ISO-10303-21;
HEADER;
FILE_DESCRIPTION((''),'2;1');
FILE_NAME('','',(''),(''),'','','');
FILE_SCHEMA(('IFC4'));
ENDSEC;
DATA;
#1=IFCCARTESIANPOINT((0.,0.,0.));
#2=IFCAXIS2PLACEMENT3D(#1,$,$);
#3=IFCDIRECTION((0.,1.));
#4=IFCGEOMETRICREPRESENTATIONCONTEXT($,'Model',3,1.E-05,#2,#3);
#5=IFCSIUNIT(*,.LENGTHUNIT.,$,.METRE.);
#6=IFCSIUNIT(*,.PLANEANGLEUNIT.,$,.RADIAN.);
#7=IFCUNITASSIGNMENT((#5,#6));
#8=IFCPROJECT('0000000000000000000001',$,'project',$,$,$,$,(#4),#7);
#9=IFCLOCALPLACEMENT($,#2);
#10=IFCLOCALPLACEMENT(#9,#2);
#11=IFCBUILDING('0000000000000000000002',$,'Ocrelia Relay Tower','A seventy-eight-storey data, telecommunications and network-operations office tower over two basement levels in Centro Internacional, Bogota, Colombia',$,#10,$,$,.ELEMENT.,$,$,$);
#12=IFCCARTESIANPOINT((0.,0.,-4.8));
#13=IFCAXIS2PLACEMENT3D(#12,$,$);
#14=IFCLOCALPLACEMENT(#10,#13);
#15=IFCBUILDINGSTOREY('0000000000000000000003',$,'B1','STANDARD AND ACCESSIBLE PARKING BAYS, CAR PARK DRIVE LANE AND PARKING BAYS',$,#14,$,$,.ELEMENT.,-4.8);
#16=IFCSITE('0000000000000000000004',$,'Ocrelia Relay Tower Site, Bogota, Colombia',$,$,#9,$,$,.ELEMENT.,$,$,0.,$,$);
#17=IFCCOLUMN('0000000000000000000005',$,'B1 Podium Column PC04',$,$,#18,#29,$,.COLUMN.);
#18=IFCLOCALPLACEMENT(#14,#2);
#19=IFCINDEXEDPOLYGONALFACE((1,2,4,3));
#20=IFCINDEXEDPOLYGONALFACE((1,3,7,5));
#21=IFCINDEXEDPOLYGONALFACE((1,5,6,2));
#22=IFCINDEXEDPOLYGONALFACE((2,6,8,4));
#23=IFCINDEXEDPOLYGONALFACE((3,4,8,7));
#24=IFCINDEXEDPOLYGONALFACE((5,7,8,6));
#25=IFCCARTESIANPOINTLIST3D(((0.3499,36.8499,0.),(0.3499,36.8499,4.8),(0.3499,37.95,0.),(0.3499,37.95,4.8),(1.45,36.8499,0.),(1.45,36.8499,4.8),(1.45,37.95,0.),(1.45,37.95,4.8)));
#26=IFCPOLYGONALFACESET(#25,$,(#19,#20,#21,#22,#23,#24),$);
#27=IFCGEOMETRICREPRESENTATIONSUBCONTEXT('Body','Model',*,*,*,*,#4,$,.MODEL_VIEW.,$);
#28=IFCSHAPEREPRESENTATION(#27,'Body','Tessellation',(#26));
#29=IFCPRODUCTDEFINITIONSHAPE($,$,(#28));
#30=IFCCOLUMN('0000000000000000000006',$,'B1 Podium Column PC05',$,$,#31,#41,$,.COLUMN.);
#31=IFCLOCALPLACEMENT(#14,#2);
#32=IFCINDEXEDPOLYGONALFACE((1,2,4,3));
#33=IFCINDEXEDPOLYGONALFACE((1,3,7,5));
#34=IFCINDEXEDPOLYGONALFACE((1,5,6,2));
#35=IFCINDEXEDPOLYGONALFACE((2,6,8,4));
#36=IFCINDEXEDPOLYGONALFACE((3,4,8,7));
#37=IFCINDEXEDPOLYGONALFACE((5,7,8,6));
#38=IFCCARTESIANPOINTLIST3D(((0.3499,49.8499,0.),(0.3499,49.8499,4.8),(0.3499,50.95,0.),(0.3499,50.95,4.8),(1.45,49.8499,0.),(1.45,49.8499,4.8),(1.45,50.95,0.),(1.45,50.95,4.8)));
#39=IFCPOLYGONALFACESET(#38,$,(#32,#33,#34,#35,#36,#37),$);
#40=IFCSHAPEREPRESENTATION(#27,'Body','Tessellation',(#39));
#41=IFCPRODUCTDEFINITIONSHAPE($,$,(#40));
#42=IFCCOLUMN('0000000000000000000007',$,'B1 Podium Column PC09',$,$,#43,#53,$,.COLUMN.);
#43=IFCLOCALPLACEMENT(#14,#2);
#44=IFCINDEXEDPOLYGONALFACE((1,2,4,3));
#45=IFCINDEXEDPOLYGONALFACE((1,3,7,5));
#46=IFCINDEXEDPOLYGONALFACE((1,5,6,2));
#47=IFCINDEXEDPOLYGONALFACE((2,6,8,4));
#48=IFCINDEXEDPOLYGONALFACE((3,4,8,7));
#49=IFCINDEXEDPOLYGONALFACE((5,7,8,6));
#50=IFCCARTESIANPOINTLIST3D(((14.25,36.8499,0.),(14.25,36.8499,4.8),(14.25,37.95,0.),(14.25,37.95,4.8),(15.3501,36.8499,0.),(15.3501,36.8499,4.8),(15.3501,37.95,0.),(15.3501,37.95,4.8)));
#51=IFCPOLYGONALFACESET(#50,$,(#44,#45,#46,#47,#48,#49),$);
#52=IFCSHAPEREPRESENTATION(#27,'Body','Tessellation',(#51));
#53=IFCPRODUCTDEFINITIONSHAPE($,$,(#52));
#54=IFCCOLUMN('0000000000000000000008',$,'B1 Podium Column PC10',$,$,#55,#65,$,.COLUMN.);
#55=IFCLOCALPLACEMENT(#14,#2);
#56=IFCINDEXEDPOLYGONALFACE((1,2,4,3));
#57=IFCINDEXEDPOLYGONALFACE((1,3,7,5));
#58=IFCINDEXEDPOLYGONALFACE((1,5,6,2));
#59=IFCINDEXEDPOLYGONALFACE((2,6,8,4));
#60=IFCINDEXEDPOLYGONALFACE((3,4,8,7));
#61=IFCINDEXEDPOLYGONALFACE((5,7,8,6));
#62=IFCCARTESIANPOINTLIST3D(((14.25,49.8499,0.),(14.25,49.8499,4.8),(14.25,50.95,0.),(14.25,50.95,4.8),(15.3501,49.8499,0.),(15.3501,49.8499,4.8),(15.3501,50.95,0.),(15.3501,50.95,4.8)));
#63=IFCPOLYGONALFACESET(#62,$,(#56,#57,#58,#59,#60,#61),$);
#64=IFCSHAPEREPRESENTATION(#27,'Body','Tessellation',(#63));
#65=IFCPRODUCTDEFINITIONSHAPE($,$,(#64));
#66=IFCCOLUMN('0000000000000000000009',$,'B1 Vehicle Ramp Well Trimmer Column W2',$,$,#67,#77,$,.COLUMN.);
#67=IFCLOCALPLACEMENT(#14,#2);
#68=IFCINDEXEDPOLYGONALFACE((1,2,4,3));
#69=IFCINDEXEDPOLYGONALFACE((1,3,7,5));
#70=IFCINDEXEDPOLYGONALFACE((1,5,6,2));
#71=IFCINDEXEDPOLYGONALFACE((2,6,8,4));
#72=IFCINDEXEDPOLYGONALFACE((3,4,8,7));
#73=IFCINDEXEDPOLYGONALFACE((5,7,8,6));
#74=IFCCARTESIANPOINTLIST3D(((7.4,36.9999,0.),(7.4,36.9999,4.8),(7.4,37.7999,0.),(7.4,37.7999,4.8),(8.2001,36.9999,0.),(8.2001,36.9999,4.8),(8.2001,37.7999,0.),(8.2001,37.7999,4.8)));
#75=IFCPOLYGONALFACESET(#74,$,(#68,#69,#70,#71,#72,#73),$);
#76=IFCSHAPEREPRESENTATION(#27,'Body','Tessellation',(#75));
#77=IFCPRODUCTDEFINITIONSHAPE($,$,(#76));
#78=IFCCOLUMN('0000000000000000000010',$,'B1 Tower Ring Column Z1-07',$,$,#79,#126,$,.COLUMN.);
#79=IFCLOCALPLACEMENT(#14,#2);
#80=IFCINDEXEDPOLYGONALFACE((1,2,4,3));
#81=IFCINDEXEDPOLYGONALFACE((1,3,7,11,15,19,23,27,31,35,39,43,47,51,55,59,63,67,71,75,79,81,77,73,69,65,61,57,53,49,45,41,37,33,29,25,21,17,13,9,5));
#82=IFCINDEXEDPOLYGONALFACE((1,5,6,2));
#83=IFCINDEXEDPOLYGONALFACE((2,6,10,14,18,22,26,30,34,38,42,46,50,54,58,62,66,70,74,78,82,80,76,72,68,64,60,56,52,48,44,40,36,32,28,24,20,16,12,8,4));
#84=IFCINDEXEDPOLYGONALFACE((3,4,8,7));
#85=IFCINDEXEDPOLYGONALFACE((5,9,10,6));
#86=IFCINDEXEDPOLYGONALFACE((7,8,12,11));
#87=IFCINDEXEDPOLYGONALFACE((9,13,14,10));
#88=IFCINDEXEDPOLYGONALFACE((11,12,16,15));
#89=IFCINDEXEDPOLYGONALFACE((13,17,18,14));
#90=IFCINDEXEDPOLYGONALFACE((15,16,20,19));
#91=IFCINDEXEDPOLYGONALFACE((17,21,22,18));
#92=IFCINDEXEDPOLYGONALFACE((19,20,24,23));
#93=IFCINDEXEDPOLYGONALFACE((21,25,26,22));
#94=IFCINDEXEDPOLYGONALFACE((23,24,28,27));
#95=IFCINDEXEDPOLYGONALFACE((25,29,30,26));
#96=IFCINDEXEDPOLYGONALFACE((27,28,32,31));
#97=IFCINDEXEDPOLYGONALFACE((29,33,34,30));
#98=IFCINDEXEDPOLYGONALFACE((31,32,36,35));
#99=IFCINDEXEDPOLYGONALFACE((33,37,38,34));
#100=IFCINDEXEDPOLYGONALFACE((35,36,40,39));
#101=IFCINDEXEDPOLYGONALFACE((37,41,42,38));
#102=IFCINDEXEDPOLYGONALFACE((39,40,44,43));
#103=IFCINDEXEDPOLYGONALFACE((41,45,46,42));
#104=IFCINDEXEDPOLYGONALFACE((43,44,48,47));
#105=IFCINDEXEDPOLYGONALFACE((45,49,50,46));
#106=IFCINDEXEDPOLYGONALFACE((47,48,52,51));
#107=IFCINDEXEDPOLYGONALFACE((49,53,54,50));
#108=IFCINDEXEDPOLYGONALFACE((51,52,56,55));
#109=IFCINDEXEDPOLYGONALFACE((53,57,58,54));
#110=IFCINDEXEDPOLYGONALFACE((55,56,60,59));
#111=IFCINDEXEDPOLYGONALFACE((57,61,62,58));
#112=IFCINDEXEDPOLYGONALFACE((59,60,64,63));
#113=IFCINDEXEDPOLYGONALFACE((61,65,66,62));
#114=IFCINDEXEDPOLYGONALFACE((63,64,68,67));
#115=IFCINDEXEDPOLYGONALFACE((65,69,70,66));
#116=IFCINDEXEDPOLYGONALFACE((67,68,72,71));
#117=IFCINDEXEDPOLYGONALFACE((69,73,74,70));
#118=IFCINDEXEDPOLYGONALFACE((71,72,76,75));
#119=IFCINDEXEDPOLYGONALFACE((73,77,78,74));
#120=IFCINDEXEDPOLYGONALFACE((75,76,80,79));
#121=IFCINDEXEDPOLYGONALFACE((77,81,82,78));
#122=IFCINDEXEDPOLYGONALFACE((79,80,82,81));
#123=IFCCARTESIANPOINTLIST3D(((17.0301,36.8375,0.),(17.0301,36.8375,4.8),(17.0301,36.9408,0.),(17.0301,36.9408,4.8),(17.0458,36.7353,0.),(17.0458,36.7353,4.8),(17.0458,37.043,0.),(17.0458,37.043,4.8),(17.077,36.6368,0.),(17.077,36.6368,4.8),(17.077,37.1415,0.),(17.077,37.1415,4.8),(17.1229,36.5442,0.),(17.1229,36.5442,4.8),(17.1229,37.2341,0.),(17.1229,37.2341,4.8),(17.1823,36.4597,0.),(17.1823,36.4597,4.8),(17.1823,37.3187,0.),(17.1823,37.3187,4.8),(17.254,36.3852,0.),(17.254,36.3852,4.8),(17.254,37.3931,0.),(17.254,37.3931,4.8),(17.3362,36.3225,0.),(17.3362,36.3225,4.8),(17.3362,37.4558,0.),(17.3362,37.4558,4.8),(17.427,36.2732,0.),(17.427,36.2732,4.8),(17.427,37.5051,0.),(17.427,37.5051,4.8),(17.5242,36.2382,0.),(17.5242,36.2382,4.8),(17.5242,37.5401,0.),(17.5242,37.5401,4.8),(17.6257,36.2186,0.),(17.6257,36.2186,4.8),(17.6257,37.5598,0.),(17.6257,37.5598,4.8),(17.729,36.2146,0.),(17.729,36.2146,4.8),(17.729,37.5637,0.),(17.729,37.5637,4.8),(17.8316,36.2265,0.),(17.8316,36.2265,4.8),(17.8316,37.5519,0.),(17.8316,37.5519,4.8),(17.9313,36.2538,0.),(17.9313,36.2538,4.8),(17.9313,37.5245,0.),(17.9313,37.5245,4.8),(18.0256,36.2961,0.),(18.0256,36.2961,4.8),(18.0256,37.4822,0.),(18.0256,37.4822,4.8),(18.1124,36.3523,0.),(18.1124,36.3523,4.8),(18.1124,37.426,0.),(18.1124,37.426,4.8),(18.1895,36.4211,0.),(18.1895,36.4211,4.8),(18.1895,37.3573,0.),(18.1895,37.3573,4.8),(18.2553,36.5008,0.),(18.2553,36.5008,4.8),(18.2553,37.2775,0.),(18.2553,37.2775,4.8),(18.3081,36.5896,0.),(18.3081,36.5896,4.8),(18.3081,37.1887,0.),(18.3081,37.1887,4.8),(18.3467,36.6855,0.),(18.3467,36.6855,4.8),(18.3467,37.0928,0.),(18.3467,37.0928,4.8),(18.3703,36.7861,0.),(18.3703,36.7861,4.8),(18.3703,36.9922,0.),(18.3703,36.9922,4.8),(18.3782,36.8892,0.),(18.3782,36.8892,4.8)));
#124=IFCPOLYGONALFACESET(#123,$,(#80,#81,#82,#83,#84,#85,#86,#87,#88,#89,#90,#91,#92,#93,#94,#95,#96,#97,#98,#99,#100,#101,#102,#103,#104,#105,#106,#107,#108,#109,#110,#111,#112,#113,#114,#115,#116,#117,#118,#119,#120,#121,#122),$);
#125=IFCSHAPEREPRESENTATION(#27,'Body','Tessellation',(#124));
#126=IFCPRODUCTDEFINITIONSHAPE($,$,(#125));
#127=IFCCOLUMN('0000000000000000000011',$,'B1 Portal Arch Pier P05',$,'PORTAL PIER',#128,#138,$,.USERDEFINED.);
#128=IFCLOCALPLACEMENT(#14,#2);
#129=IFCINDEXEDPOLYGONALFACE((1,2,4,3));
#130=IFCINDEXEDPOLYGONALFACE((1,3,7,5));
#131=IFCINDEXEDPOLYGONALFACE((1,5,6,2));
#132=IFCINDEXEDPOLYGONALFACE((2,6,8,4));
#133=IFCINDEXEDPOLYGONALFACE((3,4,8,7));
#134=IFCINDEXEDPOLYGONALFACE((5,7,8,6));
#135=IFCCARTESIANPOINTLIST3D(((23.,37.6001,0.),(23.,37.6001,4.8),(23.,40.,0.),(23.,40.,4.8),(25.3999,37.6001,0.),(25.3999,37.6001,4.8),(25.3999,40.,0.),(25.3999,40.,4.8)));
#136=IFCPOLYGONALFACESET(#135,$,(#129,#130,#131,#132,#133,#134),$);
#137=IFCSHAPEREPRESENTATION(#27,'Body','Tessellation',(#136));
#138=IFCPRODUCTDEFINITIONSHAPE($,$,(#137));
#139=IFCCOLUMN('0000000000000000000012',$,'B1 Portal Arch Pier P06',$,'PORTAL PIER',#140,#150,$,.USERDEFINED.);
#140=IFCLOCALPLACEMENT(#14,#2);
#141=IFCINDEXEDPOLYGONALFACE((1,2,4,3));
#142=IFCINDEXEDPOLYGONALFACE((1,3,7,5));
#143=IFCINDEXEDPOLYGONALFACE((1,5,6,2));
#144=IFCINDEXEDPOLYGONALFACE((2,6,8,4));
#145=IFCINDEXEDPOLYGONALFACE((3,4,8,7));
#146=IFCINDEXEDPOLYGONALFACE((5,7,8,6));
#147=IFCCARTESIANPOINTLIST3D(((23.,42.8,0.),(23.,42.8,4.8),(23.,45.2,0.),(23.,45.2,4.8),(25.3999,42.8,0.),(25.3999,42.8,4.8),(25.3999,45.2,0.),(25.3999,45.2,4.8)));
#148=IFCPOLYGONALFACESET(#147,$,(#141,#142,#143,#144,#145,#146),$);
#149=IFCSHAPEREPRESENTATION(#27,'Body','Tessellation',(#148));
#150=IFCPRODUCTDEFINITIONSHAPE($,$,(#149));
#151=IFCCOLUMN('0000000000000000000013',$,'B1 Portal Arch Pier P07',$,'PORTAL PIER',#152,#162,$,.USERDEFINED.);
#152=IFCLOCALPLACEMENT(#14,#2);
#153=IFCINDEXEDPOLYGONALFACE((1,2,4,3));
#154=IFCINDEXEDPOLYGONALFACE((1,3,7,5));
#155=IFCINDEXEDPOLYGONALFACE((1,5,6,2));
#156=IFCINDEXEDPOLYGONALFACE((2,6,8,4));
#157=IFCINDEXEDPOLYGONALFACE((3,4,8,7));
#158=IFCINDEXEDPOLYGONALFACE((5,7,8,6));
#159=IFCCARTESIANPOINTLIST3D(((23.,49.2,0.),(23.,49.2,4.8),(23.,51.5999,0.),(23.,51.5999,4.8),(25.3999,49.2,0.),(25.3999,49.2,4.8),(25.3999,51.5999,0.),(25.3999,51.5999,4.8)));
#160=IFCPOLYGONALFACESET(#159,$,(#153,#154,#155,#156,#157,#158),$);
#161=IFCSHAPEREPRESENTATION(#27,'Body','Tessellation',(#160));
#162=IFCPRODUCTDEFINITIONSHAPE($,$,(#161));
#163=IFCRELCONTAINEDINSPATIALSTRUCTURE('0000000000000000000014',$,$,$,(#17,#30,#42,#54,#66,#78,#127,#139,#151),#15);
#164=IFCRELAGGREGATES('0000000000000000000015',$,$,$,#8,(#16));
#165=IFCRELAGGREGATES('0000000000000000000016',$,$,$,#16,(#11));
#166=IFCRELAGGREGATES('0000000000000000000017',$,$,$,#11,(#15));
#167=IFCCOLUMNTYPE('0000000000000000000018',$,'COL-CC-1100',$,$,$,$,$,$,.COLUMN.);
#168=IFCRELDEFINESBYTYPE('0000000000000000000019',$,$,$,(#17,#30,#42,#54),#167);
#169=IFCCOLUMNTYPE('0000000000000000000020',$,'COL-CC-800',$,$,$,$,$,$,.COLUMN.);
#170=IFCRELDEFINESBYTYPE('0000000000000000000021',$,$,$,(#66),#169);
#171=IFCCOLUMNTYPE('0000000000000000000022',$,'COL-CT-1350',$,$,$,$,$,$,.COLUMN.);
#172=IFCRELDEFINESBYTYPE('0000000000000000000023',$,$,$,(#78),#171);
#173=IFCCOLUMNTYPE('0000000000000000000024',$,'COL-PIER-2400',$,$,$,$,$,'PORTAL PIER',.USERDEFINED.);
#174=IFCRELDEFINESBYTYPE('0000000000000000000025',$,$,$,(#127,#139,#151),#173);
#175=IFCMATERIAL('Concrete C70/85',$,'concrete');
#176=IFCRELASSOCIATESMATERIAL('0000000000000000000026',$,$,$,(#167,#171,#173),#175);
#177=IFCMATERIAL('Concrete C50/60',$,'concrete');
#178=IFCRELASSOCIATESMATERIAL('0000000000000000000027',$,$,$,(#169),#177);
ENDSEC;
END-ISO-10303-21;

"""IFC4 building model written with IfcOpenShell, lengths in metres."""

from ifc_helpers import new_model, si_unit, direction, frame, origin, origin_2d, place, context, subcontext, project, spatial, rectangle, circle, extrude, material, material_profile, profile_set, type_object, element, save


model = new_model("IFC4")

# Units and contexts
model_context = context("Model", 3, precision=1e-05, world=origin(), true_north=direction((0.0, 1.0)))
body_context = subcontext(model_context, "Body", "Model", "MODEL_VIEW")
ifc_project = project(units=[si_unit("LENGTHUNIT", "METRE"), si_unit("PLANEANGLEUNIT", "RADIAN")], contexts=[model_context])

# Site, building, storey
site_placement = place(None, origin())
site = spatial("IfcSite", under=ifc_project, at=site_placement, Name="Ocrelia Relay Tower Site, Bogota, Colombia", CompositionType="ELEMENT", RefElevation=0.0)
building_placement = place(site_placement, origin())
building = spatial("IfcBuilding", under=site, at=building_placement, Name="Ocrelia Relay Tower", Description="A seventy-eight-storey data, telecommunications and network-operations office tower over two basement levels in Centro Internacional, Bogota, Colombia", CompositionType="ELEMENT")
storey_placement = place(building_placement, frame((0.0, 0.0, -4.8)))
storey = spatial("IfcBuildingStorey", under=building, at=storey_placement, Name="B1", Description="STANDARD AND ACCESSIBLE PARKING BAYS, CAR PARK DRIVE LANE AND PARKING BAYS", CompositionType="ELEMENT", Elevation=-4.8)

# Columns
ifc_material_1 = material(Name="Concrete C70/85", Category="concrete")
ifc_material_profile_1 = material_profile(ifc_material_1, rectangle(XDim=1.1001, YDim=1.1001, at=origin_2d()), Name="RC-COL-1100x1100")
ifc_profile_set_1 = profile_set([ifc_material_profile_1], Name="Concrete C70/85")
column_type_1 = type_object("IfcColumnType", Name="COL-CC-1100", PredefinedType="COLUMN", material=ifc_profile_set_1)
for number, where, z_axis, x_axis, name in (
    (1, (0.8999, 37.3999, 0.0), (0.0, 0.0, 1.0), (1.0, 0.0, 0.0), "B1 Podium Column PC04"),
    (2, (0.8999, 50.3999, 0.0), (0.0, 0.0, 1.0), (1.0, 0.0, 0.0), "B1 Podium Column PC05"),
    (3, (14.8, 37.3999, 0.0), (0.0, 0.0, 1.0), (1.0, 0.0, 0.0), "B1 Podium Column PC09"),
    (4, (14.8, 50.3999, 0.0), (0.0, 0.0, 1.0), (1.0, 0.0, 0.0), "B1 Podium Column PC10"),
):
    element("IfcColumn", number, at=place(storey_placement, frame(where, z_axis=z_axis, x_axis=x_axis)), inside=storey, type_object=column_type_1, Name=name, PredefinedType="COLUMN", context=body_context, shape_type="SweptSolid", body=[
        extrude(rectangle(XDim=1.1001, YDim=1.1001, at=origin_2d()), origin(), (0.0, 0.0, 1.0), 4.8),
    ])
ifc_material_2 = material(Name="Concrete C50/60", Category="concrete")
ifc_material_profile_2 = material_profile(ifc_material_2, rectangle(XDim=0.8, YDim=0.8, at=origin_2d()), Name="RC-COL-800x800")
ifc_profile_set_2 = profile_set([ifc_material_profile_2], Name="Concrete C50/60")
column_type_2 = type_object("IfcColumnType", Name="COL-CC-800", PredefinedType="COLUMN", material=ifc_profile_set_2)
column_1_placement = place(storey_placement, frame((7.8, 37.3999, 0.0), z_axis=(0.0, 0.0, 1.0), x_axis=(1.0, 0.0, 0.0)))
element("IfcColumn", 5, at=column_1_placement, inside=storey, type_object=column_type_2, Name="B1 Vehicle Ramp Well Trimmer Column W2", PredefinedType="COLUMN", context=body_context, shape_type="SweptSolid", body=[
    extrude(rectangle(XDim=0.8, YDim=0.8, at=origin_2d()), origin(), (0.0, 0.0, 1.0), 4.8),
])
ifc_material_profile_3 = material_profile(ifc_material_1, circle(Radius=0.675, at=origin_2d()), Name="RC-CIR-1350")
ifc_profile_set_3 = profile_set([ifc_material_profile_3], Name="Concrete C70/85")
column_type_3 = type_object("IfcColumnType", Name="COL-CT-1350", PredefinedType="COLUMN", material=ifc_profile_set_3)
column_2_placement = place(storey_placement, frame((17.7031, 36.8892, 0.0), z_axis=(0.0, 0.0, 1.0), x_axis=(1.0, 0.0, 0.0)))
element("IfcColumn", 6, at=column_2_placement, inside=storey, type_object=column_type_3, Name="B1 Tower Ring Column Z1-07", PredefinedType="COLUMN", context=body_context, shape_type="SweptSolid", body=[
    extrude(circle(Radius=0.675, at=origin_2d()), origin(), (0.0, 0.0, 1.0), 4.8),
])
ifc_material_profile_4 = material_profile(ifc_material_1, rectangle(XDim=2.3999, YDim=2.3999, at=origin_2d()), Name="RC-PIER-2400x2400")
ifc_profile_set_4 = profile_set([ifc_material_profile_4], Name="Concrete C70/85")
column_type_4 = type_object("IfcColumnType", Name="COL-PIER-2400", ElementType="PORTAL PIER", PredefinedType="USERDEFINED", material=ifc_profile_set_4)
for number, where, z_axis, x_axis, name in (
    (7, (24.2, 38.8, 0.0), (0.0, 0.0, 1.0), (1.0, 0.0, 0.0), "B1 Portal Arch Pier P05"),
    (8, (24.2, 44.0, 0.0), (0.0, 0.0, 1.0), (1.0, 0.0, 0.0), "B1 Portal Arch Pier P06"),
    (9, (24.2, 50.3999, 0.0), (0.0, 0.0, 1.0), (1.0, 0.0, 0.0), "B1 Portal Arch Pier P07"),
):
    element("IfcColumn", number, at=place(storey_placement, frame(where, z_axis=z_axis, x_axis=x_axis)), inside=storey, type_object=column_type_4, Name=name, ObjectType="PORTAL PIER", PredefinedType="USERDEFINED", context=body_context, shape_type="SweptSolid", body=[
        extrude(rectangle(XDim=2.3999, YDim=2.3999, at=origin_2d()), origin(), (0.0, 0.0, 1.0), 4.8),
    ])

save(model, "model.ifc")
